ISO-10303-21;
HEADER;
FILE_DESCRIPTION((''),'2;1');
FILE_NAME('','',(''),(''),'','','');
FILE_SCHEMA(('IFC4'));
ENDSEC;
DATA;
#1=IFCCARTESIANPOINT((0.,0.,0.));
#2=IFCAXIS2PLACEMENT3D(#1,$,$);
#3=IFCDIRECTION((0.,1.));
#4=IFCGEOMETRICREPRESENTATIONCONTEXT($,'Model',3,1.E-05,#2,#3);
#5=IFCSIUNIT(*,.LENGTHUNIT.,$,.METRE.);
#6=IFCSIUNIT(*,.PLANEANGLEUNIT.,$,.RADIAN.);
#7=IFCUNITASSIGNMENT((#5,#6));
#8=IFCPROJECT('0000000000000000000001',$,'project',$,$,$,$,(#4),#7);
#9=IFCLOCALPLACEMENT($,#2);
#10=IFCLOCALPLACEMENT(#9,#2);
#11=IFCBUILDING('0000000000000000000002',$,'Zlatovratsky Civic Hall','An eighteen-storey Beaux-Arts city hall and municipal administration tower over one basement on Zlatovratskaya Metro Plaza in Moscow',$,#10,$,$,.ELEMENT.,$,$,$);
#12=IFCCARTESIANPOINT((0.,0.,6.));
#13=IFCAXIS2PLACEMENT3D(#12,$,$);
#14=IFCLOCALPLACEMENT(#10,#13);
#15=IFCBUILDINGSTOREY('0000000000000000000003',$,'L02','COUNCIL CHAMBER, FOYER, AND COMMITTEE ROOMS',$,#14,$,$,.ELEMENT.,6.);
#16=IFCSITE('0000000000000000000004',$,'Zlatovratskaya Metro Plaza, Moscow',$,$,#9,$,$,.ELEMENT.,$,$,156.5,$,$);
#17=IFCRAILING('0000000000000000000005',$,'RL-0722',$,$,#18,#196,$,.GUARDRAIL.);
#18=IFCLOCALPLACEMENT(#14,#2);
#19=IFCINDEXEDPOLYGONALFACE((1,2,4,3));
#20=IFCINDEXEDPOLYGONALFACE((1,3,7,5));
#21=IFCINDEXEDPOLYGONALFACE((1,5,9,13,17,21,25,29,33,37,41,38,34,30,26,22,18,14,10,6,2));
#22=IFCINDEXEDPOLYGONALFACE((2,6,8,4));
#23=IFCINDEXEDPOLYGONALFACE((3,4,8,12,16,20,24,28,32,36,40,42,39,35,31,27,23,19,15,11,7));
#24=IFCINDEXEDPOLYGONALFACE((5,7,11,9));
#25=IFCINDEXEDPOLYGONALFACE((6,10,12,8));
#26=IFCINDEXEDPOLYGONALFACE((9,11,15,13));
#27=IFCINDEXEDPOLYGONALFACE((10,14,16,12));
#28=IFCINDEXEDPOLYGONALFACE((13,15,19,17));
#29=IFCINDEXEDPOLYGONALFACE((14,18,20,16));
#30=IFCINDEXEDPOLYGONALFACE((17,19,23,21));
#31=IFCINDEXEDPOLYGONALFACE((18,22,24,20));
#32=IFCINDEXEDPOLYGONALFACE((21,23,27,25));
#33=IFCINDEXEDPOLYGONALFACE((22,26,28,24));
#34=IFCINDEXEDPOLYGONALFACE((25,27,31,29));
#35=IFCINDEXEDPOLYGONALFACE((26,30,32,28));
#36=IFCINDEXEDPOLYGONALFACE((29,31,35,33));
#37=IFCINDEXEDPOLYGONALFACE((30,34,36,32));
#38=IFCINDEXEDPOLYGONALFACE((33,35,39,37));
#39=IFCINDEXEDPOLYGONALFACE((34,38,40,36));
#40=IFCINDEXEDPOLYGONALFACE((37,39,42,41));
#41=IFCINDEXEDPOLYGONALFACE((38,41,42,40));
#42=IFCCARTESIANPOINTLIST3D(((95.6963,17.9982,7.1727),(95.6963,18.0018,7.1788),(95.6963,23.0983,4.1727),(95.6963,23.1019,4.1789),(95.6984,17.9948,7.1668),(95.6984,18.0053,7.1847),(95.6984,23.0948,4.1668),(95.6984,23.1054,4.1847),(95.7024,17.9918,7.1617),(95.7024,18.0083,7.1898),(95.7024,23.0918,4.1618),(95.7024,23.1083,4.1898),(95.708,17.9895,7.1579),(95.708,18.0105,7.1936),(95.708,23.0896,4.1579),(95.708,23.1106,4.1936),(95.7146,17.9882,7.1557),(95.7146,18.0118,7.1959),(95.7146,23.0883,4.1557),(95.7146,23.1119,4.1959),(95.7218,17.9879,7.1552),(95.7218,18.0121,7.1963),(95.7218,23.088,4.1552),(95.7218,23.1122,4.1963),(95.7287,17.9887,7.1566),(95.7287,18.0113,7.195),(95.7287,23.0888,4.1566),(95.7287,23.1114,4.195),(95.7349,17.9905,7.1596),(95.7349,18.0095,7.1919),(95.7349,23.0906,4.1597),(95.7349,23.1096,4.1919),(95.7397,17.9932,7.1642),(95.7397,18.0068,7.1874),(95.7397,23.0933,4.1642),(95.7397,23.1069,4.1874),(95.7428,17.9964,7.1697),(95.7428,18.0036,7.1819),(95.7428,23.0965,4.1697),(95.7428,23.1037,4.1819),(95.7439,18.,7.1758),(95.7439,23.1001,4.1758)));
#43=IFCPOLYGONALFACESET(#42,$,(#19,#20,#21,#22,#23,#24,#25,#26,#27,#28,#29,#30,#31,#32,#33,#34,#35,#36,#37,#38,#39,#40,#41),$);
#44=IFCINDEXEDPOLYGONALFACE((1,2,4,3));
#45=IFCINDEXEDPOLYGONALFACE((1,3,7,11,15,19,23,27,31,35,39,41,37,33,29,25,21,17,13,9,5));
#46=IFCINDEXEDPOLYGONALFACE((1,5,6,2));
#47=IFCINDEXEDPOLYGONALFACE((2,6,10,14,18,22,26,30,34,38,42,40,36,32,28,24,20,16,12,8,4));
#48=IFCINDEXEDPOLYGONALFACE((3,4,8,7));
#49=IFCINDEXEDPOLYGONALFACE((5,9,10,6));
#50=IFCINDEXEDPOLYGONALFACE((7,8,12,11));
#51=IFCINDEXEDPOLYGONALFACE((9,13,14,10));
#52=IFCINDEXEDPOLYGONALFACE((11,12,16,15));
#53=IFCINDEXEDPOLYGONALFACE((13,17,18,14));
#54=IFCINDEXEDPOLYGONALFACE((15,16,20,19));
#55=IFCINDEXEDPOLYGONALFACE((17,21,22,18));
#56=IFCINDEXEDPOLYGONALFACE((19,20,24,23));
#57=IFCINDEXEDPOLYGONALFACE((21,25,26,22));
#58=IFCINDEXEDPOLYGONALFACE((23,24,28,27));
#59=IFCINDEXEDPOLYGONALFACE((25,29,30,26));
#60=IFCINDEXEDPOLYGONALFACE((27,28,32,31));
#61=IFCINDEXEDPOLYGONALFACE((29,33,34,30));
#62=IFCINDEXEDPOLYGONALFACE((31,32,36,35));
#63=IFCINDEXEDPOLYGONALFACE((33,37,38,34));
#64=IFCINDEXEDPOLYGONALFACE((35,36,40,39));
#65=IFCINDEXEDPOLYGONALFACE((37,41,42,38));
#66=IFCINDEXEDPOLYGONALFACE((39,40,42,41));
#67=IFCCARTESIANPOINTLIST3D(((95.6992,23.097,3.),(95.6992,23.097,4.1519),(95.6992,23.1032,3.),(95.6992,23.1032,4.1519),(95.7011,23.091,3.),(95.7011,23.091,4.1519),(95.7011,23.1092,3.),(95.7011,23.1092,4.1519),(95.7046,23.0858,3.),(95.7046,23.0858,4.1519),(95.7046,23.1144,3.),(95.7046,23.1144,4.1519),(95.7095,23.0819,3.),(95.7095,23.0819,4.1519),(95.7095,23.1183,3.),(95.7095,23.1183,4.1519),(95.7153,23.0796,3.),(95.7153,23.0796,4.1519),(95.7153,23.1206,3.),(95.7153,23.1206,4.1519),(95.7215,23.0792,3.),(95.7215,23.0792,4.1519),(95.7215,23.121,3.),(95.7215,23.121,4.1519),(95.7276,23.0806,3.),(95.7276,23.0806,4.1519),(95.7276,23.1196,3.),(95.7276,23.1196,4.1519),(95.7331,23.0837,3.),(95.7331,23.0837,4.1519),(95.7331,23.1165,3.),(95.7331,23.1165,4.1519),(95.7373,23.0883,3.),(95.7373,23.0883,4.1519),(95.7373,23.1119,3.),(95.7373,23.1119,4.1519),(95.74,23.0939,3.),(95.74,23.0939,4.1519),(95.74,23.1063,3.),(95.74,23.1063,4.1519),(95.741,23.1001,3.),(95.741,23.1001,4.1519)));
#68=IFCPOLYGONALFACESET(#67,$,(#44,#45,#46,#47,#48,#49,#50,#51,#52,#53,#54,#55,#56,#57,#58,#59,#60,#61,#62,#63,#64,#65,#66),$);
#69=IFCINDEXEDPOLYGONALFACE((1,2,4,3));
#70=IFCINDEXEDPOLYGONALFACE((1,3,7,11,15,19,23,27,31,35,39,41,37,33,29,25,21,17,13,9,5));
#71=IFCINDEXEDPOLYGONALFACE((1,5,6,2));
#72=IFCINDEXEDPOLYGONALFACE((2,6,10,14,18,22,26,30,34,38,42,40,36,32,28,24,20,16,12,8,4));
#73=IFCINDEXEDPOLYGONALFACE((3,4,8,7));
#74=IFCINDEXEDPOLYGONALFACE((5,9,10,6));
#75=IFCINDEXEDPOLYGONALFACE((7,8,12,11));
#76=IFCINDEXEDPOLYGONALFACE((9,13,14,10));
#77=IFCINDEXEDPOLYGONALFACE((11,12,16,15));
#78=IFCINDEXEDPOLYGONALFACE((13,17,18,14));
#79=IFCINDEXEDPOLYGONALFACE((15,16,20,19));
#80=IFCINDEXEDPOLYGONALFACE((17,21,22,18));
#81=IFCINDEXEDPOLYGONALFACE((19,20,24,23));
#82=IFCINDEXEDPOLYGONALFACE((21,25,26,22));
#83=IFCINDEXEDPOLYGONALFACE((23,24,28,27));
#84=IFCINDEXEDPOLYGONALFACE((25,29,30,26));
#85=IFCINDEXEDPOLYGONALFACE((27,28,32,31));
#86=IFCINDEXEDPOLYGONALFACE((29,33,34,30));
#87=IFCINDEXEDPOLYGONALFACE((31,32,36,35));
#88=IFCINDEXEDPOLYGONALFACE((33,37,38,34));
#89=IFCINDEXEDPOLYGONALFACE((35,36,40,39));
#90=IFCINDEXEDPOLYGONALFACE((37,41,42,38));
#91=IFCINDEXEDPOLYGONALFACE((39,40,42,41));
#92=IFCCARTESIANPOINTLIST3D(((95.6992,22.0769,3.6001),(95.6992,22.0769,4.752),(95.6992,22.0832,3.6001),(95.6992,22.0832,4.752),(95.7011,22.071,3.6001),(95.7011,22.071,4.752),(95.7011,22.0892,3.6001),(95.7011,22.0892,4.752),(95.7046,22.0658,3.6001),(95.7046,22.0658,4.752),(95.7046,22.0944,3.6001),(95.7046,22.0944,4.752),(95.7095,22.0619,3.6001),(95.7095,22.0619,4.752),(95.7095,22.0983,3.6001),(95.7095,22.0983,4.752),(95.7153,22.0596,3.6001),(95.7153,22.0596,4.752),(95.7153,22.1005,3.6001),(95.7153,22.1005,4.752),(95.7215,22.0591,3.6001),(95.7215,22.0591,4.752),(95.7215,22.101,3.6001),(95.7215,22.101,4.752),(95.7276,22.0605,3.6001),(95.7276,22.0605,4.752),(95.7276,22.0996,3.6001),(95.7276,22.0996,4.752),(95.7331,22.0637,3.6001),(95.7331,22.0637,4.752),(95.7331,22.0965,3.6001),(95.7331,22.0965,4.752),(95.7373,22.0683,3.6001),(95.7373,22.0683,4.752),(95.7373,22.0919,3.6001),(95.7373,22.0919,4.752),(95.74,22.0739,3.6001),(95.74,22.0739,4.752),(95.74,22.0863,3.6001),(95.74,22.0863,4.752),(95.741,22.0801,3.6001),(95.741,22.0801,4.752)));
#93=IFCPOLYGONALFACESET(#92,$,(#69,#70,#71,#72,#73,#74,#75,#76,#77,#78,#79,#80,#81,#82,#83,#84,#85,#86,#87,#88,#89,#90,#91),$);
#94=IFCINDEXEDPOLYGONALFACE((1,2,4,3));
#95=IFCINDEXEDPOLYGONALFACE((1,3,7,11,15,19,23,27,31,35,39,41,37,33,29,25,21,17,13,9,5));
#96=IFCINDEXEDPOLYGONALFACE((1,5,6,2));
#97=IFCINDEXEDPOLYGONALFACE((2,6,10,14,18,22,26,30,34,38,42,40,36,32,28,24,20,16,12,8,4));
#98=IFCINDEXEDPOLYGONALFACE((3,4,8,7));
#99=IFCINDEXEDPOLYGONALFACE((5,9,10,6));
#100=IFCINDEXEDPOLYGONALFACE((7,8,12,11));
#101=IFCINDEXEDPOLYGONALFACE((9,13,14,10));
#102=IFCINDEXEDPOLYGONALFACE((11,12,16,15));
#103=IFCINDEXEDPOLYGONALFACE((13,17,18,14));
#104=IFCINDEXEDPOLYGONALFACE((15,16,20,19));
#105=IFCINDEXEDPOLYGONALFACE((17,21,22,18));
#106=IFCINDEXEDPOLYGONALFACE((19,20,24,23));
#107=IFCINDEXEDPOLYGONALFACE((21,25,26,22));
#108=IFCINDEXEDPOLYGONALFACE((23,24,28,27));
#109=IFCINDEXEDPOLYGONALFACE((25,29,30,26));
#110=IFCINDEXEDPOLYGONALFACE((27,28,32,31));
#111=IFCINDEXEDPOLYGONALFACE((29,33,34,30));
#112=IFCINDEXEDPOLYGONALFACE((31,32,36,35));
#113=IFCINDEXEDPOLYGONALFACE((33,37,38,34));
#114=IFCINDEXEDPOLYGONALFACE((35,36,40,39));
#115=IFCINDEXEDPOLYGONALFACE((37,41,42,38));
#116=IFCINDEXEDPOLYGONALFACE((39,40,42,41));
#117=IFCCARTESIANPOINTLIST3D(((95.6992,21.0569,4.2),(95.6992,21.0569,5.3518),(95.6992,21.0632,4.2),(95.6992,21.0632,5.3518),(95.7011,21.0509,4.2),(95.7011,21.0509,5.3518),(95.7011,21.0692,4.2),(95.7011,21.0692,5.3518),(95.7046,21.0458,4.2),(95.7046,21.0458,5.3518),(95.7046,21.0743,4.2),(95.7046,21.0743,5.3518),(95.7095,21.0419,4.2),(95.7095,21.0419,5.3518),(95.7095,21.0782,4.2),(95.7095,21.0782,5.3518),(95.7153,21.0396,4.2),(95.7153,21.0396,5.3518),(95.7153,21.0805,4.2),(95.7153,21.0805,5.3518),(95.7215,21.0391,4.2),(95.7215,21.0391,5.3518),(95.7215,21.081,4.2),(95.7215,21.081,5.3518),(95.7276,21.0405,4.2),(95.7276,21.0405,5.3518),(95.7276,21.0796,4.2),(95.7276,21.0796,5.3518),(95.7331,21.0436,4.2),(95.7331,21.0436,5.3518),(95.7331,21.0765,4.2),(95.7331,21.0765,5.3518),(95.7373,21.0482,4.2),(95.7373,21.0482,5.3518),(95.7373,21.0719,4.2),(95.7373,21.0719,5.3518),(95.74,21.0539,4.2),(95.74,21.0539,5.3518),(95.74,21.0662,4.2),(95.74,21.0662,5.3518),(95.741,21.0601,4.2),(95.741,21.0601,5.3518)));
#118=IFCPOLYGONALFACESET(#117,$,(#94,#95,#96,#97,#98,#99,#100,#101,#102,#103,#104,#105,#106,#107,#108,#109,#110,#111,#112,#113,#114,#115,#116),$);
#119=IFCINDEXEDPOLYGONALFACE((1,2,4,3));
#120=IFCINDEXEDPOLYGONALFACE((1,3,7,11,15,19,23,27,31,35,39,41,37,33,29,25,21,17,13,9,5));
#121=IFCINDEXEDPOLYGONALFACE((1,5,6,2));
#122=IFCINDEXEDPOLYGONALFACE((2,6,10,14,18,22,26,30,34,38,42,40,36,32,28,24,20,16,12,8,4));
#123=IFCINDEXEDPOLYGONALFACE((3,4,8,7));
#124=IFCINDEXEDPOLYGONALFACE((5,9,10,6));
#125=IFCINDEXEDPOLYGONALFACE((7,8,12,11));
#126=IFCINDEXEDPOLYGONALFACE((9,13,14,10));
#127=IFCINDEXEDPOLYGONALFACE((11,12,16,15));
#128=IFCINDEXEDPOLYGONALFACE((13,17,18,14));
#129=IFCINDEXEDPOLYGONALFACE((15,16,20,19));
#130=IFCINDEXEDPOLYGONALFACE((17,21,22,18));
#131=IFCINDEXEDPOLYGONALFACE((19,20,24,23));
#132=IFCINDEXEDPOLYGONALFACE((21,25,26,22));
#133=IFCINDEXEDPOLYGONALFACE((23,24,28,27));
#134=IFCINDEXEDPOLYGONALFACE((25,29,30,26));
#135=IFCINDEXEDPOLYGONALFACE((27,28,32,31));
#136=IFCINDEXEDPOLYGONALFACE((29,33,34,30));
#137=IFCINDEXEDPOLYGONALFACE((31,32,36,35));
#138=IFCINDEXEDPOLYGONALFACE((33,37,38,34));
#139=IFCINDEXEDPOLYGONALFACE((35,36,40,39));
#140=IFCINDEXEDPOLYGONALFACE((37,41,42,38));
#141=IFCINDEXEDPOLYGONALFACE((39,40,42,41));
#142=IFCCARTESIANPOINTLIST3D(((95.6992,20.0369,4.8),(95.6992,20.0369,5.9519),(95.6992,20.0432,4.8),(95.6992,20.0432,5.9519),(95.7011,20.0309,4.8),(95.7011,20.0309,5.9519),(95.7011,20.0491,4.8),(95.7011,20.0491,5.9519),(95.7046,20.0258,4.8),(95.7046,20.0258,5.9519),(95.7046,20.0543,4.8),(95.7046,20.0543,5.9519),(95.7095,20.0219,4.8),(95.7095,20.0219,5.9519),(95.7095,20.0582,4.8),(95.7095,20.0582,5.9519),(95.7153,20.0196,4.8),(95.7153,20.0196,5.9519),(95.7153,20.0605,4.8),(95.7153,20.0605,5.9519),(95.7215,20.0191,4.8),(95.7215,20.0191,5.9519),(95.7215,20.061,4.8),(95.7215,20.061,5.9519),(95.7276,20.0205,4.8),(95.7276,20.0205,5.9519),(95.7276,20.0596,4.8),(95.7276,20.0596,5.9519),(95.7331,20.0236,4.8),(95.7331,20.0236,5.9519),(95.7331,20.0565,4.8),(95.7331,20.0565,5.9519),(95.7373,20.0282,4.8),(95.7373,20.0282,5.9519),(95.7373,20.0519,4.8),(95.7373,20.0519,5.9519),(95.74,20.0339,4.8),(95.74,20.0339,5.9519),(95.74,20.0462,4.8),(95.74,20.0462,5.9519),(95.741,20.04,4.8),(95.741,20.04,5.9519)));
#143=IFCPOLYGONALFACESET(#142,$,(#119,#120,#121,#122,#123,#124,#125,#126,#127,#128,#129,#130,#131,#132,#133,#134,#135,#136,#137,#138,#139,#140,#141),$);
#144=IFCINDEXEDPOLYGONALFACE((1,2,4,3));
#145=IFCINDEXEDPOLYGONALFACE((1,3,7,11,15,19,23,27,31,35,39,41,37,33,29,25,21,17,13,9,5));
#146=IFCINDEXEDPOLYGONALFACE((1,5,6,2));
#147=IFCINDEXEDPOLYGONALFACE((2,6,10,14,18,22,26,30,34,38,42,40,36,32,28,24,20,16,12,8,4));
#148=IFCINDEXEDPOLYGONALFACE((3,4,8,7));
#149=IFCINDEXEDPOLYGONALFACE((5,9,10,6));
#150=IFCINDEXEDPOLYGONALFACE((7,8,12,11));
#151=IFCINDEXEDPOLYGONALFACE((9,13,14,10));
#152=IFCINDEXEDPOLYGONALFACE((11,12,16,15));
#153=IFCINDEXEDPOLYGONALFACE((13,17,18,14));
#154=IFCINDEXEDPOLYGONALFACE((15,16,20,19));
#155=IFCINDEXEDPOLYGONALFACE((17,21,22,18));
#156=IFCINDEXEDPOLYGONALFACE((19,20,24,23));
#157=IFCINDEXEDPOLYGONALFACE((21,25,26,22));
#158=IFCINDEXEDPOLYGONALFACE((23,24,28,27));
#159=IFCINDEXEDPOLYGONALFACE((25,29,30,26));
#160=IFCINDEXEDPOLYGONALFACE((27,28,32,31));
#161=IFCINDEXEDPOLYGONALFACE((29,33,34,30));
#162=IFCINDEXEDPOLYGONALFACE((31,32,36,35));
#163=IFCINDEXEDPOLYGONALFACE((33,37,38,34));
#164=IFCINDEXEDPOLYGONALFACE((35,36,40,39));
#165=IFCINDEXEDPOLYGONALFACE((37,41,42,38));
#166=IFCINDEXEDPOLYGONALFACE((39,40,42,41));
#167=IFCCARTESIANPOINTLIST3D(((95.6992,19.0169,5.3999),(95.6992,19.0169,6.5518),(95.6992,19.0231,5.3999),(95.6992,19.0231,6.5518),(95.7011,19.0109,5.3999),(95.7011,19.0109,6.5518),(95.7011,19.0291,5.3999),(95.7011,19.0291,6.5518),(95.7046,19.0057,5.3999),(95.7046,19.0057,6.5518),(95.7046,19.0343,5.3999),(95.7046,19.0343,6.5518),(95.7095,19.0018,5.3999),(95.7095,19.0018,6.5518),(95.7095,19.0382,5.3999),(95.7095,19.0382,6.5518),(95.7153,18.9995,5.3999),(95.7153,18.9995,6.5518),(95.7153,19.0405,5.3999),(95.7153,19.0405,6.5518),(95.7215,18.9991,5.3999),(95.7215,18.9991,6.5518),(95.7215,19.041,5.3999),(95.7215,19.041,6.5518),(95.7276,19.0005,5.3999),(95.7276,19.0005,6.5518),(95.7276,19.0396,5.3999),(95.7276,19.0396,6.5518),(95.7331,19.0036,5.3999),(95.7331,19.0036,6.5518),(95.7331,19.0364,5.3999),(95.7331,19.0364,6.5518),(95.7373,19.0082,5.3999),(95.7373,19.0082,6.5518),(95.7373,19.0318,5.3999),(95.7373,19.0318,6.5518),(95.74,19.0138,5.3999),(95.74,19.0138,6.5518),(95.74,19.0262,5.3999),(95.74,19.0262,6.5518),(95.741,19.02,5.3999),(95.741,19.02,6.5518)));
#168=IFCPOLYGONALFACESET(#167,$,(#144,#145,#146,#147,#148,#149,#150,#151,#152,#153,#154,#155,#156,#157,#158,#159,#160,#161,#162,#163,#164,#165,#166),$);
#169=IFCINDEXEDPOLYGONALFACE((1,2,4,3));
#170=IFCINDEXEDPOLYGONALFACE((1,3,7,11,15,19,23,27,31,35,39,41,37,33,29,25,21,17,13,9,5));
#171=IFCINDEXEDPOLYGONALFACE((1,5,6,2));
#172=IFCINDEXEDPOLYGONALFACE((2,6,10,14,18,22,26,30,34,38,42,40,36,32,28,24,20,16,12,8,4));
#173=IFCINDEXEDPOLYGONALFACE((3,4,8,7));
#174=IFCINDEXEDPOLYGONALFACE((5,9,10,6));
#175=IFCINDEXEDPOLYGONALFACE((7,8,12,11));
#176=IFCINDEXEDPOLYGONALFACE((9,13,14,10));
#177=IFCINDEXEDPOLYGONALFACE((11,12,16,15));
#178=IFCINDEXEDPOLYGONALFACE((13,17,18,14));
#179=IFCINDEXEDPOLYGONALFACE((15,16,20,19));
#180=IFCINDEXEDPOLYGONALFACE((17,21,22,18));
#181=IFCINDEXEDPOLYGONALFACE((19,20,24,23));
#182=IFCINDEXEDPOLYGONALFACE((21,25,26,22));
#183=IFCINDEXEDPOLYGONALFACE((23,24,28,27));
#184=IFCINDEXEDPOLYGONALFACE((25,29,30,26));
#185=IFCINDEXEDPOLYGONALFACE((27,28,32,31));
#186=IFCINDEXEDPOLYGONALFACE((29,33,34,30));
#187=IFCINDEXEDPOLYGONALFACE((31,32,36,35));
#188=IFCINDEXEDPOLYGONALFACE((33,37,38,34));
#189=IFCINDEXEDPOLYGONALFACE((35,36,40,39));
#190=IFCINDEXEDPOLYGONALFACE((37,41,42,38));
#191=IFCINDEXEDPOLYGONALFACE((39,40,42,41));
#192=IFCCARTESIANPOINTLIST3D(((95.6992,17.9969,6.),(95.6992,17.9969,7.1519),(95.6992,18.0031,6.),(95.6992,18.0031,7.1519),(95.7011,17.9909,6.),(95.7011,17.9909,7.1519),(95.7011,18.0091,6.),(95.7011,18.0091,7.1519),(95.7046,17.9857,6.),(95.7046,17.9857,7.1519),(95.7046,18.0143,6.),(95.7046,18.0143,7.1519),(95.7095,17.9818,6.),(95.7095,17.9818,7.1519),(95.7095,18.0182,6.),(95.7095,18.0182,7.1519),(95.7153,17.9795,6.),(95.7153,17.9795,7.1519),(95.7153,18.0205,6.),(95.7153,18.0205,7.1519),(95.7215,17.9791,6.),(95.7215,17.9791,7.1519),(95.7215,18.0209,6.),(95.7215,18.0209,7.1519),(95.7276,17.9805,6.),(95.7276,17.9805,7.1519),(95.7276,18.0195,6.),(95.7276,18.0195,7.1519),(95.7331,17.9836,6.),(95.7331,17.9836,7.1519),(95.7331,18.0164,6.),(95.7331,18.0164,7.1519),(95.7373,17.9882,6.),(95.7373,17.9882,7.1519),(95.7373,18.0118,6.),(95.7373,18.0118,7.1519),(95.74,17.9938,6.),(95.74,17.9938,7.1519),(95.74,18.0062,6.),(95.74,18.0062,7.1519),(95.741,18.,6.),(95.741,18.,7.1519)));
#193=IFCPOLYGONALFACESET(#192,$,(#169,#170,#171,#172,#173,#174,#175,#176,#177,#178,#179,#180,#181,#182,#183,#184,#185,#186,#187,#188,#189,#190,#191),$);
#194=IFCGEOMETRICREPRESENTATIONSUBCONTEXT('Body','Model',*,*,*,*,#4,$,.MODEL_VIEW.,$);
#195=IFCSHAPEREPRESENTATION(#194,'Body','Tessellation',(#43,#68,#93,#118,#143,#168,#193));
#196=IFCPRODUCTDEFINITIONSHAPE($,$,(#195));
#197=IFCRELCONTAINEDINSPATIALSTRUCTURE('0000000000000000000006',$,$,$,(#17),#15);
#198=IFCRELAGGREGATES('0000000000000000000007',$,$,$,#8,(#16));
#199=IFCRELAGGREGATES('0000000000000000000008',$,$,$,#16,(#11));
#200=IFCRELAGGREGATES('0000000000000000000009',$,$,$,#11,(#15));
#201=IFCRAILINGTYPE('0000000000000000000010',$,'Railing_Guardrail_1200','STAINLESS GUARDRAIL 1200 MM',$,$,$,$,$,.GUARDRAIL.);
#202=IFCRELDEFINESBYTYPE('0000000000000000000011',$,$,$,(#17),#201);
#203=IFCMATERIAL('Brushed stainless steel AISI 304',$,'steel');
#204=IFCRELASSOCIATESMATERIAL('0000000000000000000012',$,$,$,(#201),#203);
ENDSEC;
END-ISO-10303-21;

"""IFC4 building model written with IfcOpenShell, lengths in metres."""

from ifc_helpers import new_model, si_unit, direction, frame, origin, origin_2d, place, context, subcontext, project, spatial, circle, extrude, material, type_object, element, save


model = new_model("IFC4")

# Units and contexts
model_context = context("Model", 3, precision=1e-05, world=origin(), true_north=direction((0.0, 1.0)))
body_context = subcontext(model_context, "Body", "Model", "MODEL_VIEW")
ifc_project = project(units=[si_unit("LENGTHUNIT", "METRE"), si_unit("PLANEANGLEUNIT", "RADIAN")], contexts=[model_context])

# Site, building, storey
site_placement = place(None, origin())
site = spatial("IfcSite", under=ifc_project, at=site_placement, Name="Zlatovratskaya Metro Plaza, Moscow", CompositionType="ELEMENT", RefElevation=156.5)
building_placement = place(site_placement, origin())
building = spatial("IfcBuilding", under=site, at=building_placement, Name="Zlatovratsky Civic Hall", Description="An eighteen-storey Beaux-Arts city hall and municipal administration tower over one basement on Zlatovratskaya Metro Plaza in Moscow", CompositionType="ELEMENT")
storey_placement = place(building_placement, frame((0.0, 0.0, 6.0)))
storey = spatial("IfcBuildingStorey", under=building, at=storey_placement, Name="L02", Description="COUNCIL CHAMBER, FOYER, AND COMMITTEE ROOMS", CompositionType="ELEMENT", Elevation=6.0)

# Railing
ifc_material_1 = material(Name="Brushed stainless steel AISI 304", Category="steel")
railing_type_1 = type_object("IfcRailingType", Name="Railing_Guardrail_1200", Description="STAINLESS GUARDRAIL 1200 MM", PredefinedType="GUARDRAIL", material=ifc_material_1)
railing_1_placement = place(storey_placement, frame((95.72, 23.1001, 3.0)))
element("IfcRailing", 1, at=railing_1_placement, inside=storey, type_object=railing_type_1, Name="RL-0722", PredefinedType="GUARDRAIL", context=body_context, shape_type="SweptSolid", body=[
    extrude(circle(Radius=0.0239, at=origin_2d()), frame((0.0, 0.0, 1.1758), z_axis=(0.0, -0.861938, 0.507013), x_axis=(1.0, 0.0, 0.0)), (0.0, 0.0, 1.0), 5.917),
    extrude(circle(Radius=0.021, at=origin_2d()), origin(), (0.0, 0.0, 1.0), 1.1519),
    extrude(circle(Radius=0.021, at=origin_2d()), frame((0.0, -1.02, 0.6001)), (0.0, 0.0, 1.0), 1.1519),
    extrude(circle(Radius=0.021, at=origin_2d()), frame((0.0, -2.04, 1.2)), (0.0, 0.0, 1.0), 1.1519),
    extrude(circle(Radius=0.021, at=origin_2d()), frame((0.0, -3.0601, 1.8)), (0.0, 0.0, 1.0), 1.1519),
    extrude(circle(Radius=0.021, at=origin_2d()), frame((0.0, -4.0801, 2.3999)), (0.0, 0.0, 1.0), 1.1519),
    extrude(circle(Radius=0.021, at=origin_2d()), frame((0.0, -5.1001, 3.0)), (0.0, 0.0, 1.0), 1.1519),
])

save(model, "model.ifc")
